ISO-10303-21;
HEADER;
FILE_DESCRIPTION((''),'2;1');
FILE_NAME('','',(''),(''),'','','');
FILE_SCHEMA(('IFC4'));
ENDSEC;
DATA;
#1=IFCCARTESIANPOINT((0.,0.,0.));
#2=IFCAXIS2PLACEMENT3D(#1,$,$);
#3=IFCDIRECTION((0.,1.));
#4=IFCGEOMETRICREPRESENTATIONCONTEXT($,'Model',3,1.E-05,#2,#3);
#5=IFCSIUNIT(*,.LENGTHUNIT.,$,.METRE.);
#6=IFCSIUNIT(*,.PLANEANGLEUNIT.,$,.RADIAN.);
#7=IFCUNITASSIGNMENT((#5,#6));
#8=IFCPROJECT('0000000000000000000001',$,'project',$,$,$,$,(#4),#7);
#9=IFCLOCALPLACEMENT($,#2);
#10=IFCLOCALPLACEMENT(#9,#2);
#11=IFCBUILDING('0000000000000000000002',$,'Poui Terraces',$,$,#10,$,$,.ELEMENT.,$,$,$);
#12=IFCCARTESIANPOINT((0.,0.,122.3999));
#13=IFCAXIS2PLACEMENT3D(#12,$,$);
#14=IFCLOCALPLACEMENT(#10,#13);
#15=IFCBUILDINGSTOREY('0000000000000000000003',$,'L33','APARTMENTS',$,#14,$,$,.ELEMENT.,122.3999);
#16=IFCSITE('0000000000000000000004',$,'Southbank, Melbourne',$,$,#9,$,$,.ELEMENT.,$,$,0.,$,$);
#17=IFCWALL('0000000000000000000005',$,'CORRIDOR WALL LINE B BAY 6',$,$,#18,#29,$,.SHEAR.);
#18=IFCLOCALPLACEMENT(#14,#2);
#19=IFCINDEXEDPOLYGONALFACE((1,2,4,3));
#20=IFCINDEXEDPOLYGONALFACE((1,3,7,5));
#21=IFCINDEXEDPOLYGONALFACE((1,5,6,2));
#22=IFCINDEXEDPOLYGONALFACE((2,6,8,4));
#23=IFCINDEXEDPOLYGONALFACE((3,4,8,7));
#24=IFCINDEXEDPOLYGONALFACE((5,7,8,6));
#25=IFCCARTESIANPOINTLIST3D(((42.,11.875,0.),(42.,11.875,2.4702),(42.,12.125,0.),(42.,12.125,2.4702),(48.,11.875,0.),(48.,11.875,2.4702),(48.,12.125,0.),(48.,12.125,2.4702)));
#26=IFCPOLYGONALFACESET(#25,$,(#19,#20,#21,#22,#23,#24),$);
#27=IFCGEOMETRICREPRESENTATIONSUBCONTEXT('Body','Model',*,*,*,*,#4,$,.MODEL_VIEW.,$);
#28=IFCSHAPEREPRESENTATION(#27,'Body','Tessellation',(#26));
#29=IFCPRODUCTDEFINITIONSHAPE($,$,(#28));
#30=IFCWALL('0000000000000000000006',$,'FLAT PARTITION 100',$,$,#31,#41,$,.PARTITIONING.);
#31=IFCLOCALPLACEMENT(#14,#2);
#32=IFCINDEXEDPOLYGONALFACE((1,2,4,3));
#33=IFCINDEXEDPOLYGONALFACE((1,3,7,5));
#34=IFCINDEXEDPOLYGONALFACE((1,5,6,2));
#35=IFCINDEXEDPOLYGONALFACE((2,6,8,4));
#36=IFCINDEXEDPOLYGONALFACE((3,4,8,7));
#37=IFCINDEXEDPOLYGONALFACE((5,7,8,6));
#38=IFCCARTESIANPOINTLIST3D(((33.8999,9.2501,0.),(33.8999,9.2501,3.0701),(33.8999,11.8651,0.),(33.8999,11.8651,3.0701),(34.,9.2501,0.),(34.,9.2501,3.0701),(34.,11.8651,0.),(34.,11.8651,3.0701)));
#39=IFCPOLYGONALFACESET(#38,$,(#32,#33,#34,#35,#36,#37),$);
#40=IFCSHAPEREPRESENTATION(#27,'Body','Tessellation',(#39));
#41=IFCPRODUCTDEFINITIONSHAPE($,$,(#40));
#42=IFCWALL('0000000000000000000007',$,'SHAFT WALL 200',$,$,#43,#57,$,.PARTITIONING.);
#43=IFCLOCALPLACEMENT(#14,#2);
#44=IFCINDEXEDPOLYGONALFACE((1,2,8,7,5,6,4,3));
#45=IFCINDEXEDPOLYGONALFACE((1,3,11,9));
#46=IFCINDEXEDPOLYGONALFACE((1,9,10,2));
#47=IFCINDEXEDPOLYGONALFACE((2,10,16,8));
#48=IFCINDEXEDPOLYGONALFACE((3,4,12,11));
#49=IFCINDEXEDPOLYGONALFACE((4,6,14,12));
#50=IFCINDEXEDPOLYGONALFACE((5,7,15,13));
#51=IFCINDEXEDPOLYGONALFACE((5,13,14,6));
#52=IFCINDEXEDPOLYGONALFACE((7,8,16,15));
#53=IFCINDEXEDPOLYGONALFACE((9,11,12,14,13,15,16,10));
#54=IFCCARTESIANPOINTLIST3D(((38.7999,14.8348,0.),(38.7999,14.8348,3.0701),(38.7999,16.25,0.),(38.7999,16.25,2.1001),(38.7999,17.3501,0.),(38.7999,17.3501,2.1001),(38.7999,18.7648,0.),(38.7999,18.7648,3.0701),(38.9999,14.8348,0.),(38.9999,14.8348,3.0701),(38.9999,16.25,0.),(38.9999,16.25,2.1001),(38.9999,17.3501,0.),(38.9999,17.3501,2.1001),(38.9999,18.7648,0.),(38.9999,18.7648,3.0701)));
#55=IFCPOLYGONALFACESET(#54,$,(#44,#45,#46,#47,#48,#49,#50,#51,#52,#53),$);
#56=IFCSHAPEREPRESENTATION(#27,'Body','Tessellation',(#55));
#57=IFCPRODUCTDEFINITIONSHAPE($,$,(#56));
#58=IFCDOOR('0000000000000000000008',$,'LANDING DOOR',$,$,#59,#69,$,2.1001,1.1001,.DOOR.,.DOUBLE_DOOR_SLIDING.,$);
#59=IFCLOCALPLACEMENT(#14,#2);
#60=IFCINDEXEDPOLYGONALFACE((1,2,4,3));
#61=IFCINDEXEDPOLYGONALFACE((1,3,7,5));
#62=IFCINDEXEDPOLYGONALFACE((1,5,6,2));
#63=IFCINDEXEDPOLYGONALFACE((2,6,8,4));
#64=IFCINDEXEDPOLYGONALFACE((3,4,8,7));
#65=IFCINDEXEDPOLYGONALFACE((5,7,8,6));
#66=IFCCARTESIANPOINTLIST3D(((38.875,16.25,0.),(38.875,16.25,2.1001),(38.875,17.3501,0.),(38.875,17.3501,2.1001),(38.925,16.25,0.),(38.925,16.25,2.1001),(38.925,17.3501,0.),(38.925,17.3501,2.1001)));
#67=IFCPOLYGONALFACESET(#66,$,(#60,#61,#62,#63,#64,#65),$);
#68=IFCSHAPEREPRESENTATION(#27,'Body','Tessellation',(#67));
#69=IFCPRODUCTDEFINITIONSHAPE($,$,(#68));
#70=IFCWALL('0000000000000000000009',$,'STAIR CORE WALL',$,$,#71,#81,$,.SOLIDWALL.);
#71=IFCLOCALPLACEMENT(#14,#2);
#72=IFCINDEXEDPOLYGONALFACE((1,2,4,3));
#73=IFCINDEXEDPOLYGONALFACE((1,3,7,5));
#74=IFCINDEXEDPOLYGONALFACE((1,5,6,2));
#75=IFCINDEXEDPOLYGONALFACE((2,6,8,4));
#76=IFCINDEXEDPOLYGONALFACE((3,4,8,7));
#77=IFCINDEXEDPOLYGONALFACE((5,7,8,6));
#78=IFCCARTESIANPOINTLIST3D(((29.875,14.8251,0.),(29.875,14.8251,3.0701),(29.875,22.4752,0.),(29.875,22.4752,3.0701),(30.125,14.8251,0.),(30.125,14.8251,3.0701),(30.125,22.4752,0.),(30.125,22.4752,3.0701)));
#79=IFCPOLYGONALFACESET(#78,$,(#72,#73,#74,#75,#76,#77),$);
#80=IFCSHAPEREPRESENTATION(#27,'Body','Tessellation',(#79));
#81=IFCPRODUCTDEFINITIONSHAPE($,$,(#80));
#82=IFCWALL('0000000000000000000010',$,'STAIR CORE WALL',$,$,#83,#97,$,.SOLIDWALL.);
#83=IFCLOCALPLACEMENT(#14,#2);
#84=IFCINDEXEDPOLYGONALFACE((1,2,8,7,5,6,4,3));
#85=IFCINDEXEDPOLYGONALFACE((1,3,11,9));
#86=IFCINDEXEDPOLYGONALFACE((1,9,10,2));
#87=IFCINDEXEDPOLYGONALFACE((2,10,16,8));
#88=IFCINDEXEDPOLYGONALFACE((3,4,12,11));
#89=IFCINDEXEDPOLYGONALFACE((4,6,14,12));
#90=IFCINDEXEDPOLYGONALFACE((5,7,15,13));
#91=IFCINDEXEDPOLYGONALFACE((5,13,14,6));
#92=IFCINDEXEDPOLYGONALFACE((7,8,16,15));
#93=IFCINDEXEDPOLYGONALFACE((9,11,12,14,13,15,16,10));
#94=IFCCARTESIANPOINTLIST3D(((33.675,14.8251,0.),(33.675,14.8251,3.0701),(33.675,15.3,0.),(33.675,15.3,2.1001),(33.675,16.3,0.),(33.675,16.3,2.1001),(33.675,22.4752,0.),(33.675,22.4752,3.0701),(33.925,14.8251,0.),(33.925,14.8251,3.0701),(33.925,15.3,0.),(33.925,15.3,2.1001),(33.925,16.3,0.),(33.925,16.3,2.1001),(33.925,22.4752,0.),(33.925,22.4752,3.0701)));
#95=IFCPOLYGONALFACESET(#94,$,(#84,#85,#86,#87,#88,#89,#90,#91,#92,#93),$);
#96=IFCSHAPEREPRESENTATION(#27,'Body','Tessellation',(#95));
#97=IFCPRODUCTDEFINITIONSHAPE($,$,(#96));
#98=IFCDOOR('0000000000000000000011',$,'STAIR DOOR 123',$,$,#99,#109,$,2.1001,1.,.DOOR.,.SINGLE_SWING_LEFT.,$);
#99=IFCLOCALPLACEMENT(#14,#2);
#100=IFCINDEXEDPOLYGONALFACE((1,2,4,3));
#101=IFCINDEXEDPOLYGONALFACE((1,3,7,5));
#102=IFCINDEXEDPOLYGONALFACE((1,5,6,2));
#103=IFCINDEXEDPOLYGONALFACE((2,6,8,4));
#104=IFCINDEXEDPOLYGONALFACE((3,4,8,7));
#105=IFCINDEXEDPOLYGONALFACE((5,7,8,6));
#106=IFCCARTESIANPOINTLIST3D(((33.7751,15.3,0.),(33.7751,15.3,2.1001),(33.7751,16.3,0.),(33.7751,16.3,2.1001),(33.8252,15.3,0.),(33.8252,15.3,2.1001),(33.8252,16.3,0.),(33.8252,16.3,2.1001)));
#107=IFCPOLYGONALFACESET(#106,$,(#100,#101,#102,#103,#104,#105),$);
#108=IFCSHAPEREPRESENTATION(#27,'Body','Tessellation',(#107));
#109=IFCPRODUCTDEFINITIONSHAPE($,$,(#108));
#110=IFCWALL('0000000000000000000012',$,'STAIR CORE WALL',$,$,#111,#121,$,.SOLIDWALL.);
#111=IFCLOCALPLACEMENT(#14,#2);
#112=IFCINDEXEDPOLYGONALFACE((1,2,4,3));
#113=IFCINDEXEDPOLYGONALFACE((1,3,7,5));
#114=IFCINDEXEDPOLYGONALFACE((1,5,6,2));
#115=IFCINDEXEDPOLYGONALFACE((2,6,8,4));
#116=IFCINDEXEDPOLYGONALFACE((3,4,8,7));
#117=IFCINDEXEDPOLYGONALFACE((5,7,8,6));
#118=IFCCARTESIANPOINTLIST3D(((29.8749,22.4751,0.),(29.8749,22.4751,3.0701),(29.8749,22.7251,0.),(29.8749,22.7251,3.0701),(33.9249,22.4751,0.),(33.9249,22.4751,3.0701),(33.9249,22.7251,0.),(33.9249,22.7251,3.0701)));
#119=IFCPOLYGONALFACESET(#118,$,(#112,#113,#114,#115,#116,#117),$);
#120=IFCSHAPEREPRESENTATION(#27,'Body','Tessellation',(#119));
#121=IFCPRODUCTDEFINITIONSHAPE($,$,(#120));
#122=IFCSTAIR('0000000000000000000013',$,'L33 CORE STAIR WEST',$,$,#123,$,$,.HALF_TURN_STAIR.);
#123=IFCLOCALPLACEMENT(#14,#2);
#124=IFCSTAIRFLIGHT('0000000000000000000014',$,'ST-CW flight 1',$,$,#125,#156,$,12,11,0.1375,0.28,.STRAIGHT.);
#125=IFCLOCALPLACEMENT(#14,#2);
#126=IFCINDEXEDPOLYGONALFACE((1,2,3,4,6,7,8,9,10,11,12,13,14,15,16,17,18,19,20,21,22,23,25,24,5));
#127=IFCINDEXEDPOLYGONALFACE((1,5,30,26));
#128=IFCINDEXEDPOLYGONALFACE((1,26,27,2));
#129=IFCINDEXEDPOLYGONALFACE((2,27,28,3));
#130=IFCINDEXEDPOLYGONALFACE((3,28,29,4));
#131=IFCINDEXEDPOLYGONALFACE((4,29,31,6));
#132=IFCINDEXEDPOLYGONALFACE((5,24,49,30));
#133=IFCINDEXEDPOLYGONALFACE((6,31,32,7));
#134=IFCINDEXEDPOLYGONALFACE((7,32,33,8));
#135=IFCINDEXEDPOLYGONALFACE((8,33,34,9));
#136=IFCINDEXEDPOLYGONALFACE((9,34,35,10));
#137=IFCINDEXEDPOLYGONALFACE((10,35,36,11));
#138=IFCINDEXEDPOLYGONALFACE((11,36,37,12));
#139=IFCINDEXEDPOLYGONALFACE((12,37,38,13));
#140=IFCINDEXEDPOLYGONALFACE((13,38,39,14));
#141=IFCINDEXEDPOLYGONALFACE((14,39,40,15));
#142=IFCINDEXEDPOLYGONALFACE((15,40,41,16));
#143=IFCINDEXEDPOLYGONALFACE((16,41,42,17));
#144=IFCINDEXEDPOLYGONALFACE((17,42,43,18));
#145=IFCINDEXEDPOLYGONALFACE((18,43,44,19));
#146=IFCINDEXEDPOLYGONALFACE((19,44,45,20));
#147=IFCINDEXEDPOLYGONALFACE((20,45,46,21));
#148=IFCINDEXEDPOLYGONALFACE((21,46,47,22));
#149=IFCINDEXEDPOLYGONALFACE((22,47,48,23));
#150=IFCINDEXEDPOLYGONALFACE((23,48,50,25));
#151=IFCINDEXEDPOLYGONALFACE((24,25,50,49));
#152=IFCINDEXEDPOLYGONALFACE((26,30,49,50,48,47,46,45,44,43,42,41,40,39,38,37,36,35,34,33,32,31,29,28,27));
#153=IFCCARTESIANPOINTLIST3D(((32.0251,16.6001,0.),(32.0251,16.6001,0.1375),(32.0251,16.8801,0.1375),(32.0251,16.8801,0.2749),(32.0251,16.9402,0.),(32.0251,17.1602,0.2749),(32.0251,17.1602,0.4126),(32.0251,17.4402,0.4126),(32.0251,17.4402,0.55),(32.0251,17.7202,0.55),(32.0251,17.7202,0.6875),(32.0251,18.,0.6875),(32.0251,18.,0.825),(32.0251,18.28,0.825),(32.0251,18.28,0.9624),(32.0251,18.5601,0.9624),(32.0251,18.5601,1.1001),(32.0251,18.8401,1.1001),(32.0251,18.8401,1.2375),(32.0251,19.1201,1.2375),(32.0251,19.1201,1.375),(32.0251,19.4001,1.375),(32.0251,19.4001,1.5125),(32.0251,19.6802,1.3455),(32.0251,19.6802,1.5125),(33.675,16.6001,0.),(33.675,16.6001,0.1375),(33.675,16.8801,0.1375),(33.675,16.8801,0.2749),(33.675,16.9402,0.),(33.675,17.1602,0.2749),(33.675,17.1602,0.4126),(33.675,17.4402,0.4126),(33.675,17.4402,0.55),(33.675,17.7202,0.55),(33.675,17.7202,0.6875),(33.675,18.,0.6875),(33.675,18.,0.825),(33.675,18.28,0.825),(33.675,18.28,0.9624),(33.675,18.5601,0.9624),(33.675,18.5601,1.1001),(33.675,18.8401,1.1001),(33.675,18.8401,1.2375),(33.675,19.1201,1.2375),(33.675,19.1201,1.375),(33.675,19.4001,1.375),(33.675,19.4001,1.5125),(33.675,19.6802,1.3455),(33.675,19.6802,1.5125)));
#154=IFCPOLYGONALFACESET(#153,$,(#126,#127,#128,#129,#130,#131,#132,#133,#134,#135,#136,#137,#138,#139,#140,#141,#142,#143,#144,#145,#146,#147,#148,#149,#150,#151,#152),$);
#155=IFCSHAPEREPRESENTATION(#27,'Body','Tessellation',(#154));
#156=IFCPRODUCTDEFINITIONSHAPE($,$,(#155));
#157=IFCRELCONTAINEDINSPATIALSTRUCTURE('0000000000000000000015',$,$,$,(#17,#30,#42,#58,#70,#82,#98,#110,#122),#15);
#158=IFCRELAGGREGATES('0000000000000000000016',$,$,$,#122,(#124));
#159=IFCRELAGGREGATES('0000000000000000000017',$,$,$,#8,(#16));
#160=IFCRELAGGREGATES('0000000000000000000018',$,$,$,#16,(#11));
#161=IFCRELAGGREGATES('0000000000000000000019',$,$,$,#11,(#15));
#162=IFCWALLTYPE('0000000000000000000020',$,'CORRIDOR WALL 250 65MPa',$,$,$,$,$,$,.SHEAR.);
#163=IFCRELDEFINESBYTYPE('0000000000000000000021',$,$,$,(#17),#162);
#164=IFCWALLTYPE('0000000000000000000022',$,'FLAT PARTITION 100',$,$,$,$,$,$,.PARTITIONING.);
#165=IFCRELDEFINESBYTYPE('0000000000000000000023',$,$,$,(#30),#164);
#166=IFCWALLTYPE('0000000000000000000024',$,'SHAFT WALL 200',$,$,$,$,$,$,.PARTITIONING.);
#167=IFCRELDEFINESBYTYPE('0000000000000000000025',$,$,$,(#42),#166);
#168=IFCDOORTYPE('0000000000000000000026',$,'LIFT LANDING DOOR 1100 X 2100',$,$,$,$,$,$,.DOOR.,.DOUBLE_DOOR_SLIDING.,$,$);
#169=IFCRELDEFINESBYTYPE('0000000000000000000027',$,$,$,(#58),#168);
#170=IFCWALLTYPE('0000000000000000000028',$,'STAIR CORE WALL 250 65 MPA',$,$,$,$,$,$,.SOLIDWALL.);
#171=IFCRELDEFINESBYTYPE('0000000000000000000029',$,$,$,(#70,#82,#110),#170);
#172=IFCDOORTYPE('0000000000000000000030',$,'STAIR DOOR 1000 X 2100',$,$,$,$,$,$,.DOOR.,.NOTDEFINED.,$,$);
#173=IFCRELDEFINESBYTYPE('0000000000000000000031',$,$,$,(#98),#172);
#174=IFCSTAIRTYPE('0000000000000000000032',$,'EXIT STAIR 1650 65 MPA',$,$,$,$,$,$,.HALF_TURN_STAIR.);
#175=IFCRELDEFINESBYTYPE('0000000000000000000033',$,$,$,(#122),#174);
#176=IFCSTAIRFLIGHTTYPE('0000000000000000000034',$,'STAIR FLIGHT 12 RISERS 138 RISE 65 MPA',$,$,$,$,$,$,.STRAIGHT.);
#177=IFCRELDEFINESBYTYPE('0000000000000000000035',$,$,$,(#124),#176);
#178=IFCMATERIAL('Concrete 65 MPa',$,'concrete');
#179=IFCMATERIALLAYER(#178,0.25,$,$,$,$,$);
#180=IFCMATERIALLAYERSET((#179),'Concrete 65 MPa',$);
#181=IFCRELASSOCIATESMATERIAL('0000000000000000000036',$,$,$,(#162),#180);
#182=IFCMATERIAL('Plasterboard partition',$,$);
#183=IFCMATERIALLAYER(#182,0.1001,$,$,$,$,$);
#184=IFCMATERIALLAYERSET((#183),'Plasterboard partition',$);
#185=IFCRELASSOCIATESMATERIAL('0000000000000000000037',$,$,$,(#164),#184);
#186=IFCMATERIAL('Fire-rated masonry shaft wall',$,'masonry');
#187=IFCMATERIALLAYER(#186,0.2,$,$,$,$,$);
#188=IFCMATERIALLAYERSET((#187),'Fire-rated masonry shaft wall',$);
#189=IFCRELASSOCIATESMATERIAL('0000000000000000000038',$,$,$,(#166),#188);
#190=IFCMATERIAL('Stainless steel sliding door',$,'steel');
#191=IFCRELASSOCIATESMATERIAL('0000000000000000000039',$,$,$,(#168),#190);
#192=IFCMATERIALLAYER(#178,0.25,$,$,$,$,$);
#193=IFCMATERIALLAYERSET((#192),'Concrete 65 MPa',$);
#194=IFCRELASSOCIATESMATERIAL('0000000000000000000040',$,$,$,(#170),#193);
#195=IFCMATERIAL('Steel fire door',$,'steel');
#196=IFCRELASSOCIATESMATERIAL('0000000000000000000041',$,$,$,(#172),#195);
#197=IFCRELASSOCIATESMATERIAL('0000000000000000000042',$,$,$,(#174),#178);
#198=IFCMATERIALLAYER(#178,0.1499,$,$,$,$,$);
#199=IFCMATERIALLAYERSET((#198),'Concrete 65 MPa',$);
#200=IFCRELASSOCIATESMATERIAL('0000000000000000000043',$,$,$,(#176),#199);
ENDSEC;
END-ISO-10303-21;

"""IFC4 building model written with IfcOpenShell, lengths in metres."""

from ifc_helpers import new_model, si_unit, direction, frame, frame_2d, origin, place, context, subcontext, project, spatial, polyline, rectangle, outline, extrude, material, layer, layer_set, type_object, element, fill, aggregate, save


model = new_model("IFC4")

# Units and contexts
model_context = context("Model", 3, precision=1e-05, world=origin(), true_north=direction((0.0, 1.0)))
body_context = subcontext(model_context, "Body", "Model", "MODEL_VIEW")
ifc_project = project(units=[si_unit("LENGTHUNIT", "METRE"), si_unit("PLANEANGLEUNIT", "RADIAN")], contexts=[model_context])

# Site, building, storey
site_placement = place(None, origin())
site = spatial("IfcSite", under=ifc_project, at=site_placement, Name="Southbank, Melbourne", CompositionType="ELEMENT", RefElevation=0.0)
building_placement = place(site_placement, origin())
building = spatial("IfcBuilding", under=site, at=building_placement, Name="Poui Terraces", CompositionType="ELEMENT")
storey_placement = place(building_placement, frame((0.0, 0.0, 122.3999)))
storey = spatial("IfcBuildingStorey", under=building, at=storey_placement, Name="L33", Description="APARTMENTS", CompositionType="ELEMENT", Elevation=122.3999)

# Shared definitions
ifc_material_1 = material(Name="Concrete 65 MPa", Category="concrete")

# Shared definitions
ifc_material_2 = material(Name="Steel fire door", Category="steel")

# Shared definitions
ifc_layer_1 = layer(ifc_material_1, 0.25)
ifc_layer_set_1 = layer_set([ifc_layer_1], Name="Concrete 65 MPa")
wall_type_1 = type_object("IfcWallType", Name="CORRIDOR WALL 250 65MPa", PredefinedType="SHEAR", material=ifc_layer_set_1)

# Walls
wall_1_placement = place(storey_placement, frame((42.0, 12.0, 0.0), z_axis=(0.0, 0.0, 1.0), x_axis=(1.0, 0.0, 0.0)))
element("IfcWall", 1, at=wall_1_placement, inside=storey, type_object=wall_type_1, Name="CORRIDOR WALL LINE B BAY 6", PredefinedType="SHEAR", context=body_context, shape_type="SweptSolid", body=[
    extrude(rectangle(XDim=6.0, YDim=0.25, at=frame_2d((3.0, 0.0))), origin(), (0.0, 0.0, 1.0), 2.4702),
])
ifc_material_3 = material(Name="Plasterboard partition")
ifc_layer_2 = layer(ifc_material_3, 0.1001)
ifc_layer_set_2 = layer_set([ifc_layer_2], Name="Plasterboard partition")
wall_type_2 = type_object("IfcWallType", Name="FLAT PARTITION 100", PredefinedType="PARTITIONING", material=ifc_layer_set_2)
wall_2_placement = place(storey_placement, frame((33.95, 9.25, 0.0), z_axis=(0.0, 0.0, 1.0), x_axis=(0.0, 1.0, 0.0)))
element("IfcWall", 2, at=wall_2_placement, inside=storey, type_object=wall_type_2, Name="FLAT PARTITION 100", PredefinedType="PARTITIONING", context=body_context, shape_type="SweptSolid", body=[
    extrude(rectangle(XDim=2.615, YDim=0.1001, at=frame_2d((1.3076, 0.0))), origin(), (0.0, 0.0, 1.0), 3.0701),
])

# Wall, opening, door
ifc_material_4 = material(Name="Fire-rated masonry shaft wall", Category="masonry")
ifc_layer_3 = layer(ifc_material_4, 0.2)
ifc_layer_set_3 = layer_set([ifc_layer_3], Name="Fire-rated masonry shaft wall")
wall_type_3 = type_object("IfcWallType", Name="SHAFT WALL 200", PredefinedType="PARTITIONING", material=ifc_layer_set_3)
wall_3_placement = place(storey_placement, frame((38.8999, 14.835, 0.0), z_axis=(0.0, 0.0, 1.0), x_axis=(0.0, 1.0, 0.0)))
wall_3 = element("IfcWall", 3, at=wall_3_placement, inside=storey, type_object=wall_type_3, Name="SHAFT WALL 200", PredefinedType="PARTITIONING", context=body_context, shape_type="SweptSolid", body=[
    extrude(rectangle(XDim=3.9299, YDim=0.2, at=frame_2d((1.9648, 0.0))), origin(), (0.0, 0.0, 1.0), 3.0701),
])
opening_1_placement = place(wall_3_placement, frame((1.415, 0.0, 0.0)))
opening_1 = element("IfcOpeningElement", 4, at=opening_1_placement, cuts=wall_3, PredefinedType="OPENING", context=body_context, shape_type="SweptSolid", body=[
    extrude(rectangle(XDim=1.1001, YDim=2.1001, at=frame_2d((0.55, 1.05))), frame((0.0, 0.1099, 0.0), z_axis=(0.0, -1.0, 0.0), x_axis=(1.0, 0.0, 0.0)), (0.0, 0.0, 1.0), 0.22),
])
ifc_material_5 = material(Name="Stainless steel sliding door", Category="steel")
door_type_1 = type_object("IfcDoorType", Name="LIFT LANDING DOOR 1100 X 2100", OperationType="DOUBLE_DOOR_SLIDING", PredefinedType="DOOR", material=ifc_material_5)
door_1_placement = place(opening_1_placement, origin())
door_1 = element("IfcDoor", 5, at=door_1_placement, inside=storey, type_object=door_type_1, Name="LANDING DOOR", OperationType="DOUBLE_DOOR_SLIDING", OverallHeight=2.1001, OverallWidth=1.1001, PredefinedType="DOOR", context=body_context, shape_type="SweptSolid", body=[
    extrude(rectangle(XDim=1.1001, YDim=2.1001, at=frame_2d((0.55, 1.05))), frame((0.0, 0.0249, 0.0), z_axis=(0.0, -1.0, 0.0), x_axis=(1.0, 0.0, 0.0)), (0.0, 0.0, 1.0), 0.05),
])
fill(opening_1, door_1)

# Wall
ifc_layer_4 = layer(ifc_material_1, 0.25)
ifc_layer_set_4 = layer_set([ifc_layer_4], Name="Concrete 65 MPa")
wall_type_4 = type_object("IfcWallType", Name="STAIR CORE WALL 250 65 MPA", PredefinedType="SOLIDWALL", material=ifc_layer_set_4)
wall_4_placement = place(storey_placement, frame((30.0, 14.825, 0.0), z_axis=(0.0, 0.0, 1.0), x_axis=(0.0, 1.0, 0.0)))
element("IfcWall", 6, at=wall_4_placement, inside=storey, type_object=wall_type_4, Name="STAIR CORE WALL", PredefinedType="SOLIDWALL", context=body_context, shape_type="SweptSolid", body=[
    extrude(rectangle(XDim=7.6501, YDim=0.25, at=frame_2d((3.8252, 0.0))), origin(), (0.0, 0.0, 1.0), 3.0701),
])

# Wall, opening, door
wall_5_placement = place(storey_placement, frame((33.8, 14.825, 0.0), z_axis=(0.0, 0.0, 1.0), x_axis=(0.0, 1.0, 0.0)))
wall_5 = element("IfcWall", 7, at=wall_5_placement, inside=storey, type_object=wall_type_4, Name="STAIR CORE WALL", PredefinedType="SOLIDWALL", context=body_context, shape_type="SweptSolid", body=[
    extrude(rectangle(XDim=7.6501, YDim=0.25, at=frame_2d((3.8252, 0.0))), origin(), (0.0, 0.0, 1.0), 3.0701),
])
opening_2_placement = place(wall_5_placement, frame((0.4751, 0.0, 0.0)))
opening_2 = element("IfcOpeningElement", 8, at=opening_2_placement, cuts=wall_5, PredefinedType="OPENING", context=body_context, shape_type="SweptSolid", body=[
    extrude(rectangle(XDim=1.0, YDim=2.1001, at=frame_2d((0.5, 1.05))), frame((0.0, 0.135, 0.0), z_axis=(0.0, -1.0, 0.0), x_axis=(1.0, 0.0, 0.0)), (0.0, 0.0, 1.0), 0.27),
])
door_type_2 = type_object("IfcDoorType", Name="STAIR DOOR 1000 X 2100", OperationType="NOTDEFINED", PredefinedType="DOOR", material=ifc_material_2)
door_2_placement = place(opening_2_placement, origin())
door_2 = element("IfcDoor", 9, at=door_2_placement, inside=storey, type_object=door_type_2, Name="STAIR DOOR 123", OperationType="SINGLE_SWING_LEFT", OverallHeight=2.1001, OverallWidth=1.0, PredefinedType="DOOR", context=body_context, shape_type="SweptSolid", body=[
    extrude(rectangle(XDim=1.0, YDim=2.1001, at=frame_2d((0.5, 1.05))), frame((0.0, 0.0249, 0.0), z_axis=(0.0, -1.0, 0.0), x_axis=(1.0, 0.0, 0.0)), (0.0, 0.0, 1.0), 0.05),
])
fill(opening_2, door_2)

# Wall
wall_6_placement = place(storey_placement, frame((29.875, 22.6001, 0.0), z_axis=(0.0, 0.0, 1.0), x_axis=(1.0, 0.0, 0.0)))
element("IfcWall", 10, at=wall_6_placement, inside=storey, type_object=wall_type_4, Name="STAIR CORE WALL", PredefinedType="SOLIDWALL", context=body_context, shape_type="SweptSolid", body=[
    extrude(rectangle(XDim=4.05, YDim=0.25, at=frame_2d((2.0249, 0.0))), origin(), (0.0, 0.0, 1.0), 3.0701),
])

# Stair, stair flight
stair_type = type_object("IfcStairType", Name="EXIT STAIR 1650 65 MPA", PredefinedType="HALF_TURN_STAIR", material=ifc_material_1)
stair_placement = place(storey_placement, origin())
stair = element("IfcStair", 11, at=stair_placement, inside=storey, type_object=stair_type, Name="L33 CORE STAIR WEST", PredefinedType="HALF_TURN_STAIR")
ifc_layer_5 = layer(ifc_material_1, 0.1499)
ifc_layer_set_5 = layer_set([ifc_layer_5], Name="Concrete 65 MPa")
stair_flight_type = type_object("IfcStairFlightType", Name="STAIR FLIGHT 12 RISERS 138 RISE 65 MPA", PredefinedType="STRAIGHT", material=ifc_layer_set_5)
stair_flight_1_placement = place(storey_placement, frame((32.8501, 16.6001, 0.0), z_axis=(0.0, 0.0, 1.0), x_axis=(0.0, 1.0, 0.0)))
stair_flight_1 = element("IfcStairFlight", 12, at=stair_flight_1_placement, type_object=stair_flight_type, Name="ST-CW flight 1", NumberOfRisers=12, NumberOfTreads=11, PredefinedType="STRAIGHT", RiserHeight=0.1375, TreadLength=0.28, context=body_context, shape_type="SweptSolid", body=[
    extrude(outline(polyline([(0.0, 0.0), (0.0, 0.1375), (0.28, 0.1375), (0.28, 0.2749), (0.5601, 0.2749), (0.5601, 0.4126), (0.8401, 0.4126), (0.8401, 0.55), (1.1201, 0.55), (1.1201, 0.6875), (1.3999, 0.6875), (1.3999, 0.825), (1.6799, 0.825), (1.6799, 0.9624), (1.96, 0.9624), (1.96, 1.1001), (2.24, 1.1001), (2.24, 1.2375), (2.52, 1.2375), (2.52, 1.375), (2.8, 1.375), (2.8, 1.5125), (3.0801, 1.5125), (3.0801, 1.6499), (3.0801, 1.3455), (0.3401, 0.0), (0.0, 0.0)])), frame((0.0, 0.825, 0.0), z_axis=(0.0, -1.0, 0.0), x_axis=(1.0, 0.0, 0.0)), (0.0, 0.0, 1.0), 1.6499),
])
aggregate(stair, [stair_flight_1])

save(model, "model.ifc")
